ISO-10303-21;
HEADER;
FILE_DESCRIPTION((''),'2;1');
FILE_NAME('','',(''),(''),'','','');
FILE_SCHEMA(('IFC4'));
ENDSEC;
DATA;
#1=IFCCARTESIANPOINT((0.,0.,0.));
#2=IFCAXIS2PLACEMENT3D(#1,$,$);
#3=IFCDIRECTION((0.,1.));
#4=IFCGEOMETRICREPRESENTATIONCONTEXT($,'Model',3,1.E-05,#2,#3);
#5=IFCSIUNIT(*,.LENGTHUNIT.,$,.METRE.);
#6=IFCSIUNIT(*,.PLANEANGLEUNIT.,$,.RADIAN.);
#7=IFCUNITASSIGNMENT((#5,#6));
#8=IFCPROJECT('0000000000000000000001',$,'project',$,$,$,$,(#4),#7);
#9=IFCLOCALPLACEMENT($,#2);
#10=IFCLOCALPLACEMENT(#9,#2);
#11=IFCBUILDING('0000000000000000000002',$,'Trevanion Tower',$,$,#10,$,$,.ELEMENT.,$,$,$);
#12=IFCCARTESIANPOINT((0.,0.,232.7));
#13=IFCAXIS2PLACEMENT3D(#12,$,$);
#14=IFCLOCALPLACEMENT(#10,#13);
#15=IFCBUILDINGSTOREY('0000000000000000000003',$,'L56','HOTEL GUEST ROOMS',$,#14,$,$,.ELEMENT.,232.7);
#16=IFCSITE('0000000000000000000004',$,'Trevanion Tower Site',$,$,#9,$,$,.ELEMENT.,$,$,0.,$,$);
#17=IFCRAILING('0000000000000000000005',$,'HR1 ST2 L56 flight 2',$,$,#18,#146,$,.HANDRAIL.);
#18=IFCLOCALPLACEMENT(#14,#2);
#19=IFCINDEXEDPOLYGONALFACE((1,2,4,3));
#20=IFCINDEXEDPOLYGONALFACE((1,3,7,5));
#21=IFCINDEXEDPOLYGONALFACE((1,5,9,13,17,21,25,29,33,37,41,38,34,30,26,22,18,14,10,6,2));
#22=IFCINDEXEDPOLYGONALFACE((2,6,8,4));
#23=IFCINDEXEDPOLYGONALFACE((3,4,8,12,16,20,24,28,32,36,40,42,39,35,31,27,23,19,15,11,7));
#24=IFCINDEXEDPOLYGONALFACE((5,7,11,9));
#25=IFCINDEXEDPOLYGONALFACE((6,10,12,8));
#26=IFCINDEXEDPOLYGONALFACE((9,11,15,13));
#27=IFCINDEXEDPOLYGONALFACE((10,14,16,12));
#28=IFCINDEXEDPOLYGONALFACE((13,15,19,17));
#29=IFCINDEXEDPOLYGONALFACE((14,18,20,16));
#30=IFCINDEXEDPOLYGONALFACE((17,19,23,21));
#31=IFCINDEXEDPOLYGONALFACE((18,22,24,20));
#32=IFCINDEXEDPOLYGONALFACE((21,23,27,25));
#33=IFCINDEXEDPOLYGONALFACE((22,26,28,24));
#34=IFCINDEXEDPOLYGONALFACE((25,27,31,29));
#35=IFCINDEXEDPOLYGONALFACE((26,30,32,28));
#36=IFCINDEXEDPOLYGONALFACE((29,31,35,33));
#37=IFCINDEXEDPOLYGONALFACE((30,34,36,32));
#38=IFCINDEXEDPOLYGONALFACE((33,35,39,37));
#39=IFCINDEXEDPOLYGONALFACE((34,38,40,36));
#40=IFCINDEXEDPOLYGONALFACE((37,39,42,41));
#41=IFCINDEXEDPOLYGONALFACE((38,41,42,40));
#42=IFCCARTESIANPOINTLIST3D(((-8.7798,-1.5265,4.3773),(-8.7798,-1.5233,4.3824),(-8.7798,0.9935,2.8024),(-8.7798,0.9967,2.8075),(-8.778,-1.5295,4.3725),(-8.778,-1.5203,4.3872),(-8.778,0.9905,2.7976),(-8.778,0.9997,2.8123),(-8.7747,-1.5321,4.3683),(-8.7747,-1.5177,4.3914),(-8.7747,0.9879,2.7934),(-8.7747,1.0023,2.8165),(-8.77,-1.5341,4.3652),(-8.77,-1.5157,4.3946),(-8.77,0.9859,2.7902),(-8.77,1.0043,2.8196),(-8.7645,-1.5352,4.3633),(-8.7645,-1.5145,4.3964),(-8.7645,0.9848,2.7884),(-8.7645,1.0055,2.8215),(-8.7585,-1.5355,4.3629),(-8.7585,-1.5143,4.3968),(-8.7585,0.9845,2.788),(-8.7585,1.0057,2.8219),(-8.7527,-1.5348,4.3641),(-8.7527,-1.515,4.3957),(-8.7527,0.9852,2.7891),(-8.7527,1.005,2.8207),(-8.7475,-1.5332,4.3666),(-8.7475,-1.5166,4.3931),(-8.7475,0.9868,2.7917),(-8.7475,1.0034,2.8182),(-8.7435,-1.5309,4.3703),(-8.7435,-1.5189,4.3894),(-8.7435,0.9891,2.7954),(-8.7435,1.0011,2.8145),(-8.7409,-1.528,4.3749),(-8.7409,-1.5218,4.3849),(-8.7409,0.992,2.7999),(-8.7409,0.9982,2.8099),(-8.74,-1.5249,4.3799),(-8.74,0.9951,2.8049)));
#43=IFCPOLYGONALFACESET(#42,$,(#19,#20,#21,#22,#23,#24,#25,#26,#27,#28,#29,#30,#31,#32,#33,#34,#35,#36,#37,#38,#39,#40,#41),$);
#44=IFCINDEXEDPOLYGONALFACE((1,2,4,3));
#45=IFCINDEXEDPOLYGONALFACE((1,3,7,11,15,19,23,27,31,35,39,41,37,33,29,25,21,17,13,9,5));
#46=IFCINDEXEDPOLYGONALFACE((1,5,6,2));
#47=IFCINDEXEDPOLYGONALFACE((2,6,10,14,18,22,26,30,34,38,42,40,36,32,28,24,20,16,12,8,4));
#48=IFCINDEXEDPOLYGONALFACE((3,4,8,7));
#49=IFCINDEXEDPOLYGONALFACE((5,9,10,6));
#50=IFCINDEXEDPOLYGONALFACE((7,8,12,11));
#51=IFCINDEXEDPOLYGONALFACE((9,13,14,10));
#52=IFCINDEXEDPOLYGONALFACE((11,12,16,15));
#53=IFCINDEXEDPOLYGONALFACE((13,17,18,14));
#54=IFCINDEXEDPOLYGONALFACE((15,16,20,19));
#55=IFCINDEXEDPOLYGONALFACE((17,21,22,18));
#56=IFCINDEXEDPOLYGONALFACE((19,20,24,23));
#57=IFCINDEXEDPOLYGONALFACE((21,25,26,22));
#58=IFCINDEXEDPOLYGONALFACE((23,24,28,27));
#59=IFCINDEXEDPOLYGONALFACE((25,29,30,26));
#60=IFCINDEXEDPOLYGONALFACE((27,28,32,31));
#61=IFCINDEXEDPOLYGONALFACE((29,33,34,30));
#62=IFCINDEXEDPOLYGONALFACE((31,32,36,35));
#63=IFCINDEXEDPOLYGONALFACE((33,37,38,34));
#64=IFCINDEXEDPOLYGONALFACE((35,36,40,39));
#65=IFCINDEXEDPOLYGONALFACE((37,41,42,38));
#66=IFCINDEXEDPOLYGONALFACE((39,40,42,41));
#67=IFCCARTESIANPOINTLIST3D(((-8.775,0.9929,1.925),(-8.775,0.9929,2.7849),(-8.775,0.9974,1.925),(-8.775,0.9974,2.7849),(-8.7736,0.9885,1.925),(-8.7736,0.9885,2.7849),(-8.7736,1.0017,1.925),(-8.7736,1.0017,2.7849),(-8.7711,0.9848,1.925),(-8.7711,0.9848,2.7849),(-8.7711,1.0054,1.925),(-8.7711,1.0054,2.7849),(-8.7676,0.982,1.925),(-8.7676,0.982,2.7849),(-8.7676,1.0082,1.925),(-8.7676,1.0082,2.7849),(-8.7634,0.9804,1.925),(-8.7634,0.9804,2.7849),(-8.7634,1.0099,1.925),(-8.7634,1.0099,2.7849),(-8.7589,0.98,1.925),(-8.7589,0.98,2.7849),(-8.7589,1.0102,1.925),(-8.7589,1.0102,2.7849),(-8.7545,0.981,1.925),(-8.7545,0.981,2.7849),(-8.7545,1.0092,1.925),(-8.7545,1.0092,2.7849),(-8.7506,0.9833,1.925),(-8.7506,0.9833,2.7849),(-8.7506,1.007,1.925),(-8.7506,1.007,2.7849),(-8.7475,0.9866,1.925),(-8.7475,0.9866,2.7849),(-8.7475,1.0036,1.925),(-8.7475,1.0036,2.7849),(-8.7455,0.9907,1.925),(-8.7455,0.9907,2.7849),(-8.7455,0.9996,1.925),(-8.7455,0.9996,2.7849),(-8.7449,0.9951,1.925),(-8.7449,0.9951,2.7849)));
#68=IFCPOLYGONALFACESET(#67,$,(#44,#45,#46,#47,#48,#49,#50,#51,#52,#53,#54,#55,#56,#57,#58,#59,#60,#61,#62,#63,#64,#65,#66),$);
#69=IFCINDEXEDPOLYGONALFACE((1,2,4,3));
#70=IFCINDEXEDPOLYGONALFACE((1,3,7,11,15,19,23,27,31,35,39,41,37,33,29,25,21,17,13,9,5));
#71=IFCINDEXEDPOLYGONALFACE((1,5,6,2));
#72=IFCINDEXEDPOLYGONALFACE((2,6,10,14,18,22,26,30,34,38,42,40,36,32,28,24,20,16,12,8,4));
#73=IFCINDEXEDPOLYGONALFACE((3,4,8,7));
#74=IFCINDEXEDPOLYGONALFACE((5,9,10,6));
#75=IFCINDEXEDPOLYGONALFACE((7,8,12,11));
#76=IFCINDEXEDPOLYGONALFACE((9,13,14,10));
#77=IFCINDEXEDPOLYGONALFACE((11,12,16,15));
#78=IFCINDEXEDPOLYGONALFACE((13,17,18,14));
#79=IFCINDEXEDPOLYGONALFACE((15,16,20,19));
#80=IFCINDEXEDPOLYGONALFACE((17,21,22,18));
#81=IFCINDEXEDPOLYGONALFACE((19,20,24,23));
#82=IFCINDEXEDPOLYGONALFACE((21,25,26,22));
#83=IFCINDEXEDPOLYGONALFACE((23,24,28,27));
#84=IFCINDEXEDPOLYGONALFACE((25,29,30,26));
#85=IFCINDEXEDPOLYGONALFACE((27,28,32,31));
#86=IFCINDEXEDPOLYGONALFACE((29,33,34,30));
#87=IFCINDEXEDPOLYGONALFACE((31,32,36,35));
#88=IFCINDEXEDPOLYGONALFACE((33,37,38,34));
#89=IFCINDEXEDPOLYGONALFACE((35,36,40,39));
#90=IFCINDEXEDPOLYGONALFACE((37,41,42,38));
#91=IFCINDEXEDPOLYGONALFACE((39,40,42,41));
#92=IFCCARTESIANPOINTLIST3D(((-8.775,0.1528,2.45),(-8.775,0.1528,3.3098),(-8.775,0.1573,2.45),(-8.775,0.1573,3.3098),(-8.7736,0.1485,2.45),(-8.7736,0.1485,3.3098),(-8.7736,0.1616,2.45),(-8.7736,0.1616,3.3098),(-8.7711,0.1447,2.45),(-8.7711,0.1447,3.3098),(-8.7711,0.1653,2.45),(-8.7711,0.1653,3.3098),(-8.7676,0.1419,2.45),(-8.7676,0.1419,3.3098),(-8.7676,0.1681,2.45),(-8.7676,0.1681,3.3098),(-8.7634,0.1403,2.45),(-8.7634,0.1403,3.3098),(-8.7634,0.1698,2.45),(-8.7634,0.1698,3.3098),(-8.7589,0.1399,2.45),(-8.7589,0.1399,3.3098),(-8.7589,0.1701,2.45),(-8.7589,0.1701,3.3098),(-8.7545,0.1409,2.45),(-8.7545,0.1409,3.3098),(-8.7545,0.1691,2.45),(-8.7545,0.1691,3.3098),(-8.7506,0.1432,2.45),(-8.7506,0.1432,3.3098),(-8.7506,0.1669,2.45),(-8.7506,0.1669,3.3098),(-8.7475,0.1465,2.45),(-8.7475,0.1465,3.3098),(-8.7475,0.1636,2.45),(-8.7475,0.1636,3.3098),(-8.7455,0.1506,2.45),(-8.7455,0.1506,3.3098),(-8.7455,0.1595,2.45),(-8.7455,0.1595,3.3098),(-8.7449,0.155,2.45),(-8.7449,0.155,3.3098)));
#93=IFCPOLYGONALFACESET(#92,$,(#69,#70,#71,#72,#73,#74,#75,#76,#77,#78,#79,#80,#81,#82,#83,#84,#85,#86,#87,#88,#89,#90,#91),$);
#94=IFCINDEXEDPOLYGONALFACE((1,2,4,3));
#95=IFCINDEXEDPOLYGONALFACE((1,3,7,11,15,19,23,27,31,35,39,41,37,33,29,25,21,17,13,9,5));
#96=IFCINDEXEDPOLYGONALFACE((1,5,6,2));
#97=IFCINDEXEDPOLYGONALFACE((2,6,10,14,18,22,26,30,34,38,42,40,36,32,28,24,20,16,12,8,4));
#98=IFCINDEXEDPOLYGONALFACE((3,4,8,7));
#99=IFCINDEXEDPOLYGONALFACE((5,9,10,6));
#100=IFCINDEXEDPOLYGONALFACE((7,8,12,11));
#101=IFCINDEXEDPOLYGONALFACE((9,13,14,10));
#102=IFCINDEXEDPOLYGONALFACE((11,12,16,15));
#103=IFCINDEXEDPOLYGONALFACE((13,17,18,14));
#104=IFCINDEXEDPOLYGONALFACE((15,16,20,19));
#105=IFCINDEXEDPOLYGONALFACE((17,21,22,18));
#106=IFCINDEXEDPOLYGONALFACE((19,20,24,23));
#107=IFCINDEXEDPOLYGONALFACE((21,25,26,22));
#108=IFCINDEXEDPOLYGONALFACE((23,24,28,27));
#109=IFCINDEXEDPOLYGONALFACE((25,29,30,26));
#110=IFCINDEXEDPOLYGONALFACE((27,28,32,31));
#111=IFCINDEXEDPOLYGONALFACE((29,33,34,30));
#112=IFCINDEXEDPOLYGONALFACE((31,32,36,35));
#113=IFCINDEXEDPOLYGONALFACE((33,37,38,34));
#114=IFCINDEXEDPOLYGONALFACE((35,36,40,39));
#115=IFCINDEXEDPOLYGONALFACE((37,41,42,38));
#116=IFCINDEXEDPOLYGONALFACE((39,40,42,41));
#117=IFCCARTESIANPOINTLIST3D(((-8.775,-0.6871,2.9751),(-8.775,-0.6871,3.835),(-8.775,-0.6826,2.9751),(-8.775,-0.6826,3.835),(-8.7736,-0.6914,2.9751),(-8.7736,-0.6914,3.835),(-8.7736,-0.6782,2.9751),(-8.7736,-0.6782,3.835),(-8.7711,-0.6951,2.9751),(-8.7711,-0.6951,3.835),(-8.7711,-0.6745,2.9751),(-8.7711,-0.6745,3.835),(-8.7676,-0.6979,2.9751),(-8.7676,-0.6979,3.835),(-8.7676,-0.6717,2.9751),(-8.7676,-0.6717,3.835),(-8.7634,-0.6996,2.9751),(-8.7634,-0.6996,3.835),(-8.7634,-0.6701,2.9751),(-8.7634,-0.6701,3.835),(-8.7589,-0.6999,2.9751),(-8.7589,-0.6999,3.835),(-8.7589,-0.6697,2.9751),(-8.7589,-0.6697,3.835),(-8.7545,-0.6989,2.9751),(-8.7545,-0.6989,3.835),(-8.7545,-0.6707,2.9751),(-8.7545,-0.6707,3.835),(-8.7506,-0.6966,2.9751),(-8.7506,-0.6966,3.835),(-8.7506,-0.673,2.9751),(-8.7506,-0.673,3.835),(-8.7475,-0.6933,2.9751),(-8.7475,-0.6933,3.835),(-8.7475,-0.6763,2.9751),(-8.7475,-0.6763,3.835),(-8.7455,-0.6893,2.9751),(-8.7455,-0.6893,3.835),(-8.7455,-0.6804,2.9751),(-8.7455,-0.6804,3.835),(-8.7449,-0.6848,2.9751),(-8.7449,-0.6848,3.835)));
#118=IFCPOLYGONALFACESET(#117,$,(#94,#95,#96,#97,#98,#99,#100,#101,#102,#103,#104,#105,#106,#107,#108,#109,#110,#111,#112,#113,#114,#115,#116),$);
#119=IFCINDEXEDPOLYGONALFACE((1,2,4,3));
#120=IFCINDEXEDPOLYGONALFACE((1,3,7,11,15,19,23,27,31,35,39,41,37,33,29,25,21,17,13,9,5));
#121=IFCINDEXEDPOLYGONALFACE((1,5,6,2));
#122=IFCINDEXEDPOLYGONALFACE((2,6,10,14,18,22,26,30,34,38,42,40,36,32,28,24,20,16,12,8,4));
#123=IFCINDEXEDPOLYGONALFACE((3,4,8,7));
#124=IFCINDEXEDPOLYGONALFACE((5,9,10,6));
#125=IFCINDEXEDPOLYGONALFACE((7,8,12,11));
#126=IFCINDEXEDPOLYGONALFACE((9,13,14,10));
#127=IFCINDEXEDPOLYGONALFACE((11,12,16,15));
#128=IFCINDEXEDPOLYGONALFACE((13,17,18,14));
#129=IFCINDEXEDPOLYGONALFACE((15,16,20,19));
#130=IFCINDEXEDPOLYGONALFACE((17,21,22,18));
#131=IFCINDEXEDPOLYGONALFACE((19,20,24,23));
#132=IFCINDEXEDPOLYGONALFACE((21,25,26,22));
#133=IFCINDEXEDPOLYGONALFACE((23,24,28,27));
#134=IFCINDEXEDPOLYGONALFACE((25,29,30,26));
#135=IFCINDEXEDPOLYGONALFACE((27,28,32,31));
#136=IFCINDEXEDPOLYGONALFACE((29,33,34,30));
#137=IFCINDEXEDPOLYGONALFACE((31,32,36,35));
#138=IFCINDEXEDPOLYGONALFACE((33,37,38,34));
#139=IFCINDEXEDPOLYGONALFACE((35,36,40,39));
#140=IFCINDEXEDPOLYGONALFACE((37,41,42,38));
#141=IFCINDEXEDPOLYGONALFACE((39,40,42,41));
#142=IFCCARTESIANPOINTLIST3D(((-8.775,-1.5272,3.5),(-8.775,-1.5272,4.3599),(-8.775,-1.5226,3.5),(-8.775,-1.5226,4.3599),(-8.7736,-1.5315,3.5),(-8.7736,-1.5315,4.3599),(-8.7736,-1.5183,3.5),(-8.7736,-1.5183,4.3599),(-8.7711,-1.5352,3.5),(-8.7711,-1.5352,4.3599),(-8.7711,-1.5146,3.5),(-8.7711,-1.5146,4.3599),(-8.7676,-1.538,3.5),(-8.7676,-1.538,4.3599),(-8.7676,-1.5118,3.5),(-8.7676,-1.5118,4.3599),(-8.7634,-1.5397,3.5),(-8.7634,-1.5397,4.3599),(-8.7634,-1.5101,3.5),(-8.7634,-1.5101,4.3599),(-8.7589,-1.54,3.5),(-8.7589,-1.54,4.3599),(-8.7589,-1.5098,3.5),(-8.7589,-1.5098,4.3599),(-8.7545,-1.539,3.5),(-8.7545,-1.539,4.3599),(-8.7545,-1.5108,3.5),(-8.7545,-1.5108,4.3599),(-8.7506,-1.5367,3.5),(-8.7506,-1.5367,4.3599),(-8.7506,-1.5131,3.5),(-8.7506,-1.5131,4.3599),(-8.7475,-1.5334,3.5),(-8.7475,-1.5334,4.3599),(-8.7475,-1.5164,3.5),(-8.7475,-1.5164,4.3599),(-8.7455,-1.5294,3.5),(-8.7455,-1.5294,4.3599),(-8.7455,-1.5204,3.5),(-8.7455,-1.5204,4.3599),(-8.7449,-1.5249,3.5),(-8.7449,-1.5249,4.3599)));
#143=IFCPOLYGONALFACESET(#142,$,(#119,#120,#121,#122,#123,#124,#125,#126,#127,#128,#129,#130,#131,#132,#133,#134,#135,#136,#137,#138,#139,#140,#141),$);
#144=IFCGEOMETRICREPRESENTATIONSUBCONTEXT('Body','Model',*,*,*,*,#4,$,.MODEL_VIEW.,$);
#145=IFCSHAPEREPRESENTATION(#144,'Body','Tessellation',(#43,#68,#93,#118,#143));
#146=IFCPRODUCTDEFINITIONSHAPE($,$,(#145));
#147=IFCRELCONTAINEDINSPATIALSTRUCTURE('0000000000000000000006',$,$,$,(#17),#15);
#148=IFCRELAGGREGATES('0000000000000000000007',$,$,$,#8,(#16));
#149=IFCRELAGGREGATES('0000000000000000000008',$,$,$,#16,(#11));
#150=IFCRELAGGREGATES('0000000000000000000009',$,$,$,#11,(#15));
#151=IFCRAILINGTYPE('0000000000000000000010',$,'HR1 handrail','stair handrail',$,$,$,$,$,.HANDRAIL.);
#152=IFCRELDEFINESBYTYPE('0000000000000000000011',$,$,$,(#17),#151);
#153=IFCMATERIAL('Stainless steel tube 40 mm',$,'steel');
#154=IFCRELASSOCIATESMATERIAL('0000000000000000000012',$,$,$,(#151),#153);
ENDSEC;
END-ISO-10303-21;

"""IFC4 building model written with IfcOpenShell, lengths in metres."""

from ifc_helpers import new_model, si_unit, direction, frame, origin, origin_2d, place, context, subcontext, project, spatial, circle, extrude, material, type_object, element, save


model = new_model("IFC4")

# Units and contexts
model_context = context("Model", 3, precision=1e-05, world=origin(), true_north=direction((0.0, 1.0)))
body_context = subcontext(model_context, "Body", "Model", "MODEL_VIEW")
ifc_project = project(units=[si_unit("LENGTHUNIT", "METRE"), si_unit("PLANEANGLEUNIT", "RADIAN")], contexts=[model_context])

# Site, building, storey
site_placement = place(None, origin())
site = spatial("IfcSite", under=ifc_project, at=site_placement, Name="Trevanion Tower Site", CompositionType="ELEMENT", RefElevation=0.0)
building_placement = place(site_placement, origin())
building = spatial("IfcBuilding", under=site, at=building_placement, Name="Trevanion Tower", CompositionType="ELEMENT")
storey_placement = place(building_placement, frame((0.0, 0.0, 232.7)))
storey = spatial("IfcBuildingStorey", under=building, at=storey_placement, Name="L56", Description="HOTEL GUEST ROOMS", CompositionType="ELEMENT", Elevation=232.7)

# Railing
ifc_material_1 = material(Name="Stainless steel tube 40 mm", Category="steel")
railing_type = type_object("IfcRailingType", Name="HR1 handrail", Description="stair handrail", PredefinedType="HANDRAIL", material=ifc_material_1)
for number, where, name in (
    (1, (-8.76, 0.9951, 1.925), "HR1 ST2 L56 flight 2"),
):
    element("IfcRailing", number, at=place(storey_placement, frame(where)), inside=storey, type_object=railing_type, Name=name, PredefinedType="HANDRAIL", context=body_context, shape_type="SweptSolid", body=[
        extrude(circle(Radius=0.02, at=origin_2d()), frame((0.0, 0.0, 0.8799), z_axis=(0.0, -0.848008, 0.529984), x_axis=(1.0, 0.0, 0.0)), (0.0, 0.0, 1.0), 2.9717),
        extrude(circle(Radius=0.0151, at=origin_2d()), origin(), (0.0, 0.0, 1.0), 0.8599),
        extrude(circle(Radius=0.0151, at=origin_2d()), frame((0.0, -0.8401, 0.5249)), (0.0, 0.0, 1.0), 0.8599),
        extrude(circle(Radius=0.0151, at=origin_2d()), frame((0.0, -1.6799, 1.05)), (0.0, 0.0, 1.0), 0.8599),
        extrude(circle(Radius=0.0151, at=origin_2d()), frame((0.0, -2.52, 1.575)), (0.0, 0.0, 1.0), 0.8599),
    ])

save(model, "model.ifc")
